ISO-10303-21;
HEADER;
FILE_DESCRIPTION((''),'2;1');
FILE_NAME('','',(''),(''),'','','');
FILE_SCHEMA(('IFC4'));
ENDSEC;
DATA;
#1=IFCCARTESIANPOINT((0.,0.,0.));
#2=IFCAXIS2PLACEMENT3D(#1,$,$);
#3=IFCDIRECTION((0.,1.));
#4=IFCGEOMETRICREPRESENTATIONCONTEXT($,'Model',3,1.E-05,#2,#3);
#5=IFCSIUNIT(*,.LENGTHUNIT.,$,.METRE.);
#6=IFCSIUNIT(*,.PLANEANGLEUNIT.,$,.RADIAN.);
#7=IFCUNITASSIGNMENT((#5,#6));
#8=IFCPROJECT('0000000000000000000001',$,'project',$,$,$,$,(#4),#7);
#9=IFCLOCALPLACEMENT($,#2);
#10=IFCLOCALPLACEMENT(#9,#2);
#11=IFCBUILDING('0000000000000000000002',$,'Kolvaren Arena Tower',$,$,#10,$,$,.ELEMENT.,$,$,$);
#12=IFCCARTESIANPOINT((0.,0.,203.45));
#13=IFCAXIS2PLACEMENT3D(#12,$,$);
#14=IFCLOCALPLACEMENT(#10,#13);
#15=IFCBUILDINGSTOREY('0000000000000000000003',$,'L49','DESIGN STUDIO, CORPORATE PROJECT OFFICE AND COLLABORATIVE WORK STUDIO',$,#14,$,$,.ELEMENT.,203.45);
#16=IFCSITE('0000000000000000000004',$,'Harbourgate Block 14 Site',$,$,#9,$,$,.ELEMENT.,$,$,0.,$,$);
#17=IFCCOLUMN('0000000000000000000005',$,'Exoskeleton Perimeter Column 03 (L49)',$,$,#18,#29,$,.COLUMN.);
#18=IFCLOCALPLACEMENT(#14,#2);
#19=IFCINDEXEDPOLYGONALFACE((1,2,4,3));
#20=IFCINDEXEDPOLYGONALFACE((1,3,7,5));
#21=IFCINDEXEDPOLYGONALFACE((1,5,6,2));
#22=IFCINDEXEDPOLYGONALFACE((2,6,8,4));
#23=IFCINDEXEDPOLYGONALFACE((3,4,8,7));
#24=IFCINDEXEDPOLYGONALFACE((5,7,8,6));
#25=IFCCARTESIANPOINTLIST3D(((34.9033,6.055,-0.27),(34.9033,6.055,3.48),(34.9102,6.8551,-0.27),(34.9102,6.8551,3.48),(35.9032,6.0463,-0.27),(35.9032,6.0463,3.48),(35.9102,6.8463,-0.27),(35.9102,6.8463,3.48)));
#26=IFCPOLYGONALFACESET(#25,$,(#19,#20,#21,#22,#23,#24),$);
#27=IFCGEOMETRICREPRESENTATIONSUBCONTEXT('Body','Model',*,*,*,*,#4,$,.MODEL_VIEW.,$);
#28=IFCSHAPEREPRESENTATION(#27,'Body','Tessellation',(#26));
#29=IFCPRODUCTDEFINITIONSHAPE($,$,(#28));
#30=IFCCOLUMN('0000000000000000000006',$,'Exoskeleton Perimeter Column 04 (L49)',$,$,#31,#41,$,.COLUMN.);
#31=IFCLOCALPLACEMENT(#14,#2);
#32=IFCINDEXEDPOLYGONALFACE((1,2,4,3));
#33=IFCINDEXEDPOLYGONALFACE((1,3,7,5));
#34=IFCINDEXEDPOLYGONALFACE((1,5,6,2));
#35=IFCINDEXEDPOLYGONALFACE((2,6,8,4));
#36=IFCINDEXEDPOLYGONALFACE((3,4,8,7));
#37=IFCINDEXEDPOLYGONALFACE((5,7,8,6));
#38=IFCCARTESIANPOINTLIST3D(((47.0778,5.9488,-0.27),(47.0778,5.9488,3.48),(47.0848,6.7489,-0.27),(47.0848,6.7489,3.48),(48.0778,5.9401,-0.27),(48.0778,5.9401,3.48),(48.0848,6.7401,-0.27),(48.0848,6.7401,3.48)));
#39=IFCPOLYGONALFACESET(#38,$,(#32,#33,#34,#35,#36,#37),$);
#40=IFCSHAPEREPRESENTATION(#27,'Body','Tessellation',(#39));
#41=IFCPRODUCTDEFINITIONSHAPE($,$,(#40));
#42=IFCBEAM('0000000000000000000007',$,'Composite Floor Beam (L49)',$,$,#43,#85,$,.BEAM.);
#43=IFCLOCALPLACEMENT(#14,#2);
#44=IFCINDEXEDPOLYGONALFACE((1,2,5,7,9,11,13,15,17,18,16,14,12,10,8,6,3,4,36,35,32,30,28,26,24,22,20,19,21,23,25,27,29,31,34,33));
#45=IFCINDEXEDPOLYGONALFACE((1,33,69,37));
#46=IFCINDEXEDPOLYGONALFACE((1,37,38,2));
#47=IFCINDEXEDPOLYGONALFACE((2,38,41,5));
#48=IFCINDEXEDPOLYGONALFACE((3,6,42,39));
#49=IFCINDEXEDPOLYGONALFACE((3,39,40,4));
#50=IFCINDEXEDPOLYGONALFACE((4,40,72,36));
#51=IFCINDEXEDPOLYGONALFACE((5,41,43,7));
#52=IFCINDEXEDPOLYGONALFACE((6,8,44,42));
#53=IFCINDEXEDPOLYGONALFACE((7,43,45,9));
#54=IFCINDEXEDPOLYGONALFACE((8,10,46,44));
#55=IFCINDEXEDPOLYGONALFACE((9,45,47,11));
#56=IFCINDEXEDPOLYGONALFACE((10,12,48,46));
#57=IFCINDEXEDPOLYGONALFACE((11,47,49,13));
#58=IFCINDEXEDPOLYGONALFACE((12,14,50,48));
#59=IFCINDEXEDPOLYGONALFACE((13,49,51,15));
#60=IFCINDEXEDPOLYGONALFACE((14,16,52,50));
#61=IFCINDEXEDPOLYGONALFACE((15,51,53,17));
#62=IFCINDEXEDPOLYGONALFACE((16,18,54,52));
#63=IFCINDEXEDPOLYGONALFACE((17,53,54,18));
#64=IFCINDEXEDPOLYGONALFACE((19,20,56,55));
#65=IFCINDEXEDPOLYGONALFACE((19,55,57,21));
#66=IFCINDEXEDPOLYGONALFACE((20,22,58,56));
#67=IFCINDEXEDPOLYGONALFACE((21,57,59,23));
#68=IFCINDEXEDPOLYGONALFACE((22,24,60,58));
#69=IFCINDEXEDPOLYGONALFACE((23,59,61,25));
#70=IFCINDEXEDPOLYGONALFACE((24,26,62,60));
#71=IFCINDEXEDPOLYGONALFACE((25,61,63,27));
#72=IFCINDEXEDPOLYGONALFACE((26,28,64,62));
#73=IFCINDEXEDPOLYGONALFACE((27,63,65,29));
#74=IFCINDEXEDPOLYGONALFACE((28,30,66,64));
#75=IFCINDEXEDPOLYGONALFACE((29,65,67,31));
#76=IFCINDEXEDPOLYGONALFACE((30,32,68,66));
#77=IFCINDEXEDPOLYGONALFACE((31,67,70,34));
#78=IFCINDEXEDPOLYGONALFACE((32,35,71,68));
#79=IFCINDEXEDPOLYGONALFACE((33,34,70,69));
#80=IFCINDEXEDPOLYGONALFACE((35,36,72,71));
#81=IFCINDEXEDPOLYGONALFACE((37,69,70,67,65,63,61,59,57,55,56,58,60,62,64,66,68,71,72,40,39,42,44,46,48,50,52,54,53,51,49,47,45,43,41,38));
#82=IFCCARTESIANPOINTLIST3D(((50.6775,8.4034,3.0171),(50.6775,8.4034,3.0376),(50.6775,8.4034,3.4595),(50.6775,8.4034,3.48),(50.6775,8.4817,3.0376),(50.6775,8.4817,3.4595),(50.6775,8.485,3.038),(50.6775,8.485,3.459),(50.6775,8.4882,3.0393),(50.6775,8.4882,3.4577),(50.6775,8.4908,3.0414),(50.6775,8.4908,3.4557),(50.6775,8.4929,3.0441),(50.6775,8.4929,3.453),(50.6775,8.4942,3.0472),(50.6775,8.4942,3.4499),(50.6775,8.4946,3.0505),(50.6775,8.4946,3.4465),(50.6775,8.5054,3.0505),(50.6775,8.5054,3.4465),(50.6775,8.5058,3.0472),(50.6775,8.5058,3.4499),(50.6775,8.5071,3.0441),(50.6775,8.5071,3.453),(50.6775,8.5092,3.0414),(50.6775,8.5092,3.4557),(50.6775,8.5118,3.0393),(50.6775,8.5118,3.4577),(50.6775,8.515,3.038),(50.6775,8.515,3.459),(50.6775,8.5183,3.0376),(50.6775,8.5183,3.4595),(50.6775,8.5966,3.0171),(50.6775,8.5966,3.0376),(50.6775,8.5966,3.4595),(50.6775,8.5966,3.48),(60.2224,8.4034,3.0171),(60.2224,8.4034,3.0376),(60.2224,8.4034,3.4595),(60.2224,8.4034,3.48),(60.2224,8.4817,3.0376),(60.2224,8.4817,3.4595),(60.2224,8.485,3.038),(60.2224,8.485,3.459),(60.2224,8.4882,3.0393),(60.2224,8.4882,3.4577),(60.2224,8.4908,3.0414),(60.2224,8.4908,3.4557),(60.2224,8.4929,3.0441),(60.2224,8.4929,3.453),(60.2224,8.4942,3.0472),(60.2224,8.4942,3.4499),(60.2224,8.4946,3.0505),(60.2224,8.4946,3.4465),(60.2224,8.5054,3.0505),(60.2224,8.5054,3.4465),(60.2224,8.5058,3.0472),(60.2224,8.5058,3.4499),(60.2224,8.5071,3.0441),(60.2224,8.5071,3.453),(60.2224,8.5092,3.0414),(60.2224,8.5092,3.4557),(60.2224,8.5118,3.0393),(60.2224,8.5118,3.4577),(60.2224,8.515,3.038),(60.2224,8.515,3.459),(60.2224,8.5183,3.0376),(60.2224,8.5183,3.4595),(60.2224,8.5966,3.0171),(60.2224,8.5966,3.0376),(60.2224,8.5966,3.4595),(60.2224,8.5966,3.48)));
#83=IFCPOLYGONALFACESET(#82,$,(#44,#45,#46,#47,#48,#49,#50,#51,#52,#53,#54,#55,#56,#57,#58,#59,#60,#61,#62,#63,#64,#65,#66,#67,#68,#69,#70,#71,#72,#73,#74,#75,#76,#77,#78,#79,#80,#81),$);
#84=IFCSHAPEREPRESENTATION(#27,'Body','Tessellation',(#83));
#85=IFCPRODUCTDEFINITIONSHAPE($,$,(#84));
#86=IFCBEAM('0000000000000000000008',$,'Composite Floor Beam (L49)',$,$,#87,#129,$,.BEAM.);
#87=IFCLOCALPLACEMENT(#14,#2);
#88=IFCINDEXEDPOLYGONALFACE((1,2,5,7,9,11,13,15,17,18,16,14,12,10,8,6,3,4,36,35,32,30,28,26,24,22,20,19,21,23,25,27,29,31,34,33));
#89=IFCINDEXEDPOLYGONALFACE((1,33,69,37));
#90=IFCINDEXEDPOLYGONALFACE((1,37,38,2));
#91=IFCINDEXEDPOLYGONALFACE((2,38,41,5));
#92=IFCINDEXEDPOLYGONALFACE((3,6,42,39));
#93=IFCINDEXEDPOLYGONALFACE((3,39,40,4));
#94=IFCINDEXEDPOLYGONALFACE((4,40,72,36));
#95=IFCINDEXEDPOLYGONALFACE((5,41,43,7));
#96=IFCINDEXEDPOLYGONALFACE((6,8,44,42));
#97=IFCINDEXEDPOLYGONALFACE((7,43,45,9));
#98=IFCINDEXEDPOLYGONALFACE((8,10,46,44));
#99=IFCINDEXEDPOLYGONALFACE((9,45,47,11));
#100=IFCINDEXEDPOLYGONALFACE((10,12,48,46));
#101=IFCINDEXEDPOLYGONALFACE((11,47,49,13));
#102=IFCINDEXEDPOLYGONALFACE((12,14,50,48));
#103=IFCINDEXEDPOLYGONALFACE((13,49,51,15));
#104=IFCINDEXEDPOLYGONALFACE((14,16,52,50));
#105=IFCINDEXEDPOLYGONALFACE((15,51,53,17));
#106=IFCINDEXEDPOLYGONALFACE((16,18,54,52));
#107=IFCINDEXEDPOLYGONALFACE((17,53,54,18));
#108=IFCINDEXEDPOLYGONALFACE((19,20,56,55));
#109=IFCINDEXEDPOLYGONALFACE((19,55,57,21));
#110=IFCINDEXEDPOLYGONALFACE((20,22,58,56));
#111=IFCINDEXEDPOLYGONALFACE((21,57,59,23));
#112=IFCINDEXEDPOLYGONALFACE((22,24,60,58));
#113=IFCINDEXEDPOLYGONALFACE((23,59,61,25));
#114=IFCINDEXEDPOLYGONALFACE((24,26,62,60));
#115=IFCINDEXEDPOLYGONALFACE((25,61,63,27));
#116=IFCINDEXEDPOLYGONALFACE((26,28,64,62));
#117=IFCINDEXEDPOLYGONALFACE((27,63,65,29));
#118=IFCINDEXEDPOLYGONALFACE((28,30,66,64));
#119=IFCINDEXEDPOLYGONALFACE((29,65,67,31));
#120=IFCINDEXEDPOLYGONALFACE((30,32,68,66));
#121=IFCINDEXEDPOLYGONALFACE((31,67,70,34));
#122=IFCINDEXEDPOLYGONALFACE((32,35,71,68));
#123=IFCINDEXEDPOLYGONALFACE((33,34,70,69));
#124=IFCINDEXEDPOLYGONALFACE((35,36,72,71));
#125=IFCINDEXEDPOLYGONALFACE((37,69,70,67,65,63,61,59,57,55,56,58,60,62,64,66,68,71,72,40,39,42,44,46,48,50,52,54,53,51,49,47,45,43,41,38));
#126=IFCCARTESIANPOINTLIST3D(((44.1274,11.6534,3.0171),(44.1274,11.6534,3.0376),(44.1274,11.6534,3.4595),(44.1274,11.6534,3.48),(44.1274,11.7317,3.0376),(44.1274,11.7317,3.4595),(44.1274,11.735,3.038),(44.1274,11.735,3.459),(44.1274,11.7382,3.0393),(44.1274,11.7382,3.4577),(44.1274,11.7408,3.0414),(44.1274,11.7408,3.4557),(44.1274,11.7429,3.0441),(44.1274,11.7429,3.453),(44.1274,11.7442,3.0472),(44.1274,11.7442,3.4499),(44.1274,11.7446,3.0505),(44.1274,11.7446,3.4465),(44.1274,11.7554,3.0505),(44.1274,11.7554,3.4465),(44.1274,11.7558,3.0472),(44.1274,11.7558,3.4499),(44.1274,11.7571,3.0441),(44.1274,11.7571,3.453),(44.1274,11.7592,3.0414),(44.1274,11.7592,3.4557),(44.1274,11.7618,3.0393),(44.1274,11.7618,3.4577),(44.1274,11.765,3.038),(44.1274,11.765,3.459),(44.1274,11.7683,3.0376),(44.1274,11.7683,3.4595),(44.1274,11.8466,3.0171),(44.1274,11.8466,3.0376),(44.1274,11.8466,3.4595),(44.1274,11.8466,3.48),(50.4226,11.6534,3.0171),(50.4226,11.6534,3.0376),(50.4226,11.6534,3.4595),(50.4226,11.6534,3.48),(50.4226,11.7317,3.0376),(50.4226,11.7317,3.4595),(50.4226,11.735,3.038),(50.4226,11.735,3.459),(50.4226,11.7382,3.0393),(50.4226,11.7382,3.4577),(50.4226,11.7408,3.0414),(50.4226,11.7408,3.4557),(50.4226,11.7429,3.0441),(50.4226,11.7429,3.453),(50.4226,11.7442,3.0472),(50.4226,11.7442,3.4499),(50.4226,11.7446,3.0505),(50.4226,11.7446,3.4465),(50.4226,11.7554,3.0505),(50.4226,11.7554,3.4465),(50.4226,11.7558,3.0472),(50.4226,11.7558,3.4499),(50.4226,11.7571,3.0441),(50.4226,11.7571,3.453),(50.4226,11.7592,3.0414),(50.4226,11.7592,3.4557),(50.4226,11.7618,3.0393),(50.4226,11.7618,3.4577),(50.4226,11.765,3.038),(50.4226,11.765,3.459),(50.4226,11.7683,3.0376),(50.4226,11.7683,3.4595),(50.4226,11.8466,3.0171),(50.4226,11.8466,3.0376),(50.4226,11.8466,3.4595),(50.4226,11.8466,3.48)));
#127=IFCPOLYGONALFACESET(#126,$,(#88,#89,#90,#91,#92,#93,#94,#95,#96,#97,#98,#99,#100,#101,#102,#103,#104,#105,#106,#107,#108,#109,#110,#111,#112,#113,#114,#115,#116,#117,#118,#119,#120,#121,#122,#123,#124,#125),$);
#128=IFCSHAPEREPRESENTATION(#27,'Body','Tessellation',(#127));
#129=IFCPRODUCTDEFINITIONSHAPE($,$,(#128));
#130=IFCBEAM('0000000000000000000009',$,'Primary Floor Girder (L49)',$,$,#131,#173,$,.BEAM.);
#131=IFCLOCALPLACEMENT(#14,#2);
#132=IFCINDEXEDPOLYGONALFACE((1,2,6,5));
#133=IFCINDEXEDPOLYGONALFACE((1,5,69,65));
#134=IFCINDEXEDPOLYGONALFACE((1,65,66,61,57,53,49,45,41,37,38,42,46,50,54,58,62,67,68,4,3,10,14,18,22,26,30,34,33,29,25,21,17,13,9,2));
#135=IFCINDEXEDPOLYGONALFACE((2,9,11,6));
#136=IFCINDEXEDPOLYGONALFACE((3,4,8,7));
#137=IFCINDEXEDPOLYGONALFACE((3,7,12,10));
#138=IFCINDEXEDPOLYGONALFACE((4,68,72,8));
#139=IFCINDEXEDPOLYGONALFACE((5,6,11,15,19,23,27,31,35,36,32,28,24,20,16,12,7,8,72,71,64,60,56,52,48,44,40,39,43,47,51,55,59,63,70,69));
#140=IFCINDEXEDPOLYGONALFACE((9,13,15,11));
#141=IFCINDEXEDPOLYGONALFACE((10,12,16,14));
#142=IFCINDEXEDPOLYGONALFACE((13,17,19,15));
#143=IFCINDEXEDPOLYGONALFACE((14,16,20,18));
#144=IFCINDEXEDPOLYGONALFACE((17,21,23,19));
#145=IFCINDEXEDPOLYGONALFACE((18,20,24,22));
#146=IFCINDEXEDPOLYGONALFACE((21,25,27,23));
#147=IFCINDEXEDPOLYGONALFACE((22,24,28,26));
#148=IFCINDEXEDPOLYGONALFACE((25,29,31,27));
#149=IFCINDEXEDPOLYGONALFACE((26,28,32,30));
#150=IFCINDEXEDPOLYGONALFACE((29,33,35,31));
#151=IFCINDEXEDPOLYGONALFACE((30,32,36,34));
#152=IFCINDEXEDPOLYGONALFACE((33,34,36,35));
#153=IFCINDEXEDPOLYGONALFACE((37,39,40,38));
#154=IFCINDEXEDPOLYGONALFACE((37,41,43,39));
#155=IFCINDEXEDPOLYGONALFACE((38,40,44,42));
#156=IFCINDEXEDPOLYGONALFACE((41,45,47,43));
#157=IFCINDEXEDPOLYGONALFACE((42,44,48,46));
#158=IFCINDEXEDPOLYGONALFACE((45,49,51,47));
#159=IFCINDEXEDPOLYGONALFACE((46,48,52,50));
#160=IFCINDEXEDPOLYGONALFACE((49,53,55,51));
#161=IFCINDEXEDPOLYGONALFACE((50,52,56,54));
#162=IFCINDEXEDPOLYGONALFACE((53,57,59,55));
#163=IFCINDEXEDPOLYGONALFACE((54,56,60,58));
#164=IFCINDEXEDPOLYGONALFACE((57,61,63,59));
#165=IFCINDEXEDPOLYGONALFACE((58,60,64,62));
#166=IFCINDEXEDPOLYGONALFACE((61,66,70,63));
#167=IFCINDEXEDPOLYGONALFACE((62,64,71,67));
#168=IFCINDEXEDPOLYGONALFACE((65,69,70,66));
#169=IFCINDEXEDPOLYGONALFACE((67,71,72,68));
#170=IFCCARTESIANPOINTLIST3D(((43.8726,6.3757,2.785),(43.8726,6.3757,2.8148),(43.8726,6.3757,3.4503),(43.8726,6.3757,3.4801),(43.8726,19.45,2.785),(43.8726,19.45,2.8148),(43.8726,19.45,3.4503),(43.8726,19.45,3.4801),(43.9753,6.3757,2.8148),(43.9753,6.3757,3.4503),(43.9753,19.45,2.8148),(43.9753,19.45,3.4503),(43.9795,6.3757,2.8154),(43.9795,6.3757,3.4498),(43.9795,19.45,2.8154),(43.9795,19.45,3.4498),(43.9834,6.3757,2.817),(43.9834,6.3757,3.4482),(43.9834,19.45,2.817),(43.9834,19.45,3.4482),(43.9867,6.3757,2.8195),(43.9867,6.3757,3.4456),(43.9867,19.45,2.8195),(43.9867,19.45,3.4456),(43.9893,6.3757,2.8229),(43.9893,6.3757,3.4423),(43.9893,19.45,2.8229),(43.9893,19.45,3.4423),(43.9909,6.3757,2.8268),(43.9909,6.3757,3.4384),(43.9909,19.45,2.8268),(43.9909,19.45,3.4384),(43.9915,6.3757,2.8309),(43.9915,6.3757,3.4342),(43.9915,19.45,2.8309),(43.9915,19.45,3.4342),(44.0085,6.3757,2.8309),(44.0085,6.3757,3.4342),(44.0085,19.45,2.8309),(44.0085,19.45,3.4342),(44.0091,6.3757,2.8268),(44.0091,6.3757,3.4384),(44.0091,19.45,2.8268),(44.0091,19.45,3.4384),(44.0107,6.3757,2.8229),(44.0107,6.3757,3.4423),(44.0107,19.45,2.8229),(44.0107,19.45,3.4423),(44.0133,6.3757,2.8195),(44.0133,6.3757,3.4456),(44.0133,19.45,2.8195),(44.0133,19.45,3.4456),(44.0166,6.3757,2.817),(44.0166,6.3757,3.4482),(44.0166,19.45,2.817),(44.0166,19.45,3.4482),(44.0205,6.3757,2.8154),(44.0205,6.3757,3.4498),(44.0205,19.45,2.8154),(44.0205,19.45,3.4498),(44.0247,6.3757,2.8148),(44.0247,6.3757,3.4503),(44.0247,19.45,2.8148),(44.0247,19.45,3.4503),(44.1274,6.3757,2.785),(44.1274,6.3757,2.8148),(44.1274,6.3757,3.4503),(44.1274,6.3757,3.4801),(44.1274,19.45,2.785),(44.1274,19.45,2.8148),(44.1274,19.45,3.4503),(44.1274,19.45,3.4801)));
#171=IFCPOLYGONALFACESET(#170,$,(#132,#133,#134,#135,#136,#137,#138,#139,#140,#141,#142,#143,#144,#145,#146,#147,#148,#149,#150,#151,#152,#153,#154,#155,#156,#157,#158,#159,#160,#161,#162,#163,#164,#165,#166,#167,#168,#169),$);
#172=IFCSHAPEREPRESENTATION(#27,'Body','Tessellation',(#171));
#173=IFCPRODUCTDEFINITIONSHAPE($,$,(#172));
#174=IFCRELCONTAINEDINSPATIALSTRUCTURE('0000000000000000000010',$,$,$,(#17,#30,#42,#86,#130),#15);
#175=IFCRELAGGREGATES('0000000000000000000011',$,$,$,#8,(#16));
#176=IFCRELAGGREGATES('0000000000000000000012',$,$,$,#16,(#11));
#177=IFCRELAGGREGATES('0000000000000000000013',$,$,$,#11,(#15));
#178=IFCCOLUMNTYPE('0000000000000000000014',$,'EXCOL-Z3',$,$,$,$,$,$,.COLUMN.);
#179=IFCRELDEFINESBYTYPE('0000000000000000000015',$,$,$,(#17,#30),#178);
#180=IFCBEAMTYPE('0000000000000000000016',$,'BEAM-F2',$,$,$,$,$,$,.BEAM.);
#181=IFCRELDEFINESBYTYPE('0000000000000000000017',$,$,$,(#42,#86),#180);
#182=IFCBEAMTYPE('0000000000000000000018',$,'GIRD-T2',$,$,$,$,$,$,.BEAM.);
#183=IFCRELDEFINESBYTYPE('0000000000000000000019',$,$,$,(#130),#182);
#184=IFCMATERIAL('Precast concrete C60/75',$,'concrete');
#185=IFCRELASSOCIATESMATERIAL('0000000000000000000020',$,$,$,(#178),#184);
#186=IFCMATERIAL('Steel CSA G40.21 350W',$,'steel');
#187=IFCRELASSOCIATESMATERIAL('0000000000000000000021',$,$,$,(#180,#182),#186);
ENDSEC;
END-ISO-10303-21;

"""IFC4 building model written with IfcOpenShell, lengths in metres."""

from ifc_helpers import new_model, si_unit, direction, frame, origin, origin_2d, place, context, subcontext, project, spatial, rectangle, i_section, extrude, material, material_profile, profile_set, type_object, element, save


model = new_model("IFC4")

# Units and contexts
model_context = context("Model", 3, precision=1e-05, world=origin(), true_north=direction((0.0, 1.0)))
body_context = subcontext(model_context, "Body", "Model", "MODEL_VIEW")
ifc_project = project(units=[si_unit("LENGTHUNIT", "METRE"), si_unit("PLANEANGLEUNIT", "RADIAN")], contexts=[model_context])

# Site, building, storey
site_placement = place(None, origin())
site = spatial("IfcSite", under=ifc_project, at=site_placement, Name="Harbourgate Block 14 Site", CompositionType="ELEMENT", RefElevation=0.0)
building_placement = place(site_placement, origin())
building = spatial("IfcBuilding", under=site, at=building_placement, Name="Kolvaren Arena Tower", CompositionType="ELEMENT")
storey_placement = place(building_placement, frame((0.0, 0.0, 203.45)))
storey = spatial("IfcBuildingStorey", under=building, at=storey_placement, Name="L49", Description="DESIGN STUDIO, CORPORATE PROJECT OFFICE AND COLLABORATIVE WORK STUDIO", CompositionType="ELEMENT", Elevation=203.45)

# Columns
ifc_material_1 = material(Name="Precast concrete C60/75", Category="concrete")
ifc_material_profile_1 = material_profile(ifc_material_1, rectangle(XDim=1.0, YDim=0.8, at=origin_2d()), Name="RC-1000x800")
ifc_profile_set_1 = profile_set([ifc_material_profile_1], Name="Precast concrete C60/75")
column_type = type_object("IfcColumnType", Name="EXCOL-Z3", PredefinedType="COLUMN", material=ifc_profile_set_1)
for number, where, z_axis, x_axis, name in (
    (1, (35.4067, 6.4507, -0.27), (0.0, 0.0, 1.0), (0.999962, -0.008727, 0.0), "Exoskeleton Perimeter Column 03 (L49)"),
    (2, (47.5813, 6.3445, -0.27), (0.0, 0.0, 1.0), (0.999962, -0.008727, 0.0), "Exoskeleton Perimeter Column 04 (L49)"),
):
    element("IfcColumn", number, at=place(storey_placement, frame(where, z_axis=z_axis, x_axis=x_axis)), inside=storey, type_object=column_type, Name=name, PredefinedType="COLUMN", context=body_context, shape_type="SweptSolid", body=[
        extrude(rectangle(XDim=1.0, YDim=0.8, at=origin_2d()), origin(), (0.0, 0.0, 1.0), 3.75),
    ])

# Beams
ifc_material_2 = material(Name="Steel CSA G40.21 350W", Category="steel")
ifc_material_profile_2 = material_profile(ifc_material_2, i_section(OverallWidth=0.1931, OverallDepth=0.4629, WebThickness=0.0107, FlangeThickness=0.0205, FilletRadius=0.0129, at=origin_2d()), Name="W460x113")
ifc_profile_set_2 = profile_set([ifc_material_profile_2], Name="Steel CSA G40.21 350W")
beam_type_1 = type_object("IfcBeamType", Name="BEAM-F2", PredefinedType="BEAM", material=ifc_profile_set_2)
beam_1_placement = place(storey_placement, frame((50.6775, 8.5, 3.2485), z_axis=(1.0, 0.0, 0.0), x_axis=(0.0, 1.0, 0.0)))
element("IfcBeam", 3, at=beam_1_placement, inside=storey, type_object=beam_type_1, Name="Composite Floor Beam (L49)", PredefinedType="BEAM", context=body_context, shape_type="SweptSolid", body=[
    extrude(i_section(OverallWidth=0.1931, OverallDepth=0.4629, WebThickness=0.0107, FlangeThickness=0.0205, FilletRadius=0.0129, at=origin_2d()), origin(), (0.0, 0.0, 1.0), 9.5449),
])
beam_2_placement = place(storey_placement, frame((44.1274, 11.75, 3.2485), z_axis=(1.0, 0.0, 0.0), x_axis=(0.0, 1.0, 0.0)))
element("IfcBeam", 4, at=beam_2_placement, inside=storey, type_object=beam_type_1, Name="Composite Floor Beam (L49)", PredefinedType="BEAM", context=body_context, shape_type="SweptSolid", body=[
    extrude(i_section(OverallWidth=0.1931, OverallDepth=0.4629, WebThickness=0.0107, FlangeThickness=0.0205, FilletRadius=0.0129, at=origin_2d()), origin(), (0.0, 0.0, 1.0), 6.2952),
])
ifc_material_profile_3 = material_profile(ifc_material_2, i_section(OverallWidth=0.2549, OverallDepth=0.6951, WebThickness=0.0171, FlangeThickness=0.0298, FilletRadius=0.0161, at=origin_2d()), Name="W690x217")
ifc_profile_set_3 = profile_set([ifc_material_profile_3], Name="Steel CSA G40.21 350W")
beam_type_2 = type_object("IfcBeamType", Name="GIRD-T2", PredefinedType="BEAM", material=ifc_profile_set_3)
beam_3_placement = place(storey_placement, frame((44.0, 6.3757, 3.1326), z_axis=(0.0, 1.0, 0.0), x_axis=(-1.0, 0.0, 0.0)))
element("IfcBeam", 5, at=beam_3_placement, inside=storey, type_object=beam_type_2, Name="Primary Floor Girder (L49)", PredefinedType="BEAM", context=body_context, shape_type="SweptSolid", body=[
    extrude(i_section(OverallWidth=0.2549, OverallDepth=0.6951, WebThickness=0.0171, FlangeThickness=0.0298, FilletRadius=0.0161, at=origin_2d()), origin(), (0.0, 0.0, 1.0), 13.0742),
])

save(model, "model.ifc")
